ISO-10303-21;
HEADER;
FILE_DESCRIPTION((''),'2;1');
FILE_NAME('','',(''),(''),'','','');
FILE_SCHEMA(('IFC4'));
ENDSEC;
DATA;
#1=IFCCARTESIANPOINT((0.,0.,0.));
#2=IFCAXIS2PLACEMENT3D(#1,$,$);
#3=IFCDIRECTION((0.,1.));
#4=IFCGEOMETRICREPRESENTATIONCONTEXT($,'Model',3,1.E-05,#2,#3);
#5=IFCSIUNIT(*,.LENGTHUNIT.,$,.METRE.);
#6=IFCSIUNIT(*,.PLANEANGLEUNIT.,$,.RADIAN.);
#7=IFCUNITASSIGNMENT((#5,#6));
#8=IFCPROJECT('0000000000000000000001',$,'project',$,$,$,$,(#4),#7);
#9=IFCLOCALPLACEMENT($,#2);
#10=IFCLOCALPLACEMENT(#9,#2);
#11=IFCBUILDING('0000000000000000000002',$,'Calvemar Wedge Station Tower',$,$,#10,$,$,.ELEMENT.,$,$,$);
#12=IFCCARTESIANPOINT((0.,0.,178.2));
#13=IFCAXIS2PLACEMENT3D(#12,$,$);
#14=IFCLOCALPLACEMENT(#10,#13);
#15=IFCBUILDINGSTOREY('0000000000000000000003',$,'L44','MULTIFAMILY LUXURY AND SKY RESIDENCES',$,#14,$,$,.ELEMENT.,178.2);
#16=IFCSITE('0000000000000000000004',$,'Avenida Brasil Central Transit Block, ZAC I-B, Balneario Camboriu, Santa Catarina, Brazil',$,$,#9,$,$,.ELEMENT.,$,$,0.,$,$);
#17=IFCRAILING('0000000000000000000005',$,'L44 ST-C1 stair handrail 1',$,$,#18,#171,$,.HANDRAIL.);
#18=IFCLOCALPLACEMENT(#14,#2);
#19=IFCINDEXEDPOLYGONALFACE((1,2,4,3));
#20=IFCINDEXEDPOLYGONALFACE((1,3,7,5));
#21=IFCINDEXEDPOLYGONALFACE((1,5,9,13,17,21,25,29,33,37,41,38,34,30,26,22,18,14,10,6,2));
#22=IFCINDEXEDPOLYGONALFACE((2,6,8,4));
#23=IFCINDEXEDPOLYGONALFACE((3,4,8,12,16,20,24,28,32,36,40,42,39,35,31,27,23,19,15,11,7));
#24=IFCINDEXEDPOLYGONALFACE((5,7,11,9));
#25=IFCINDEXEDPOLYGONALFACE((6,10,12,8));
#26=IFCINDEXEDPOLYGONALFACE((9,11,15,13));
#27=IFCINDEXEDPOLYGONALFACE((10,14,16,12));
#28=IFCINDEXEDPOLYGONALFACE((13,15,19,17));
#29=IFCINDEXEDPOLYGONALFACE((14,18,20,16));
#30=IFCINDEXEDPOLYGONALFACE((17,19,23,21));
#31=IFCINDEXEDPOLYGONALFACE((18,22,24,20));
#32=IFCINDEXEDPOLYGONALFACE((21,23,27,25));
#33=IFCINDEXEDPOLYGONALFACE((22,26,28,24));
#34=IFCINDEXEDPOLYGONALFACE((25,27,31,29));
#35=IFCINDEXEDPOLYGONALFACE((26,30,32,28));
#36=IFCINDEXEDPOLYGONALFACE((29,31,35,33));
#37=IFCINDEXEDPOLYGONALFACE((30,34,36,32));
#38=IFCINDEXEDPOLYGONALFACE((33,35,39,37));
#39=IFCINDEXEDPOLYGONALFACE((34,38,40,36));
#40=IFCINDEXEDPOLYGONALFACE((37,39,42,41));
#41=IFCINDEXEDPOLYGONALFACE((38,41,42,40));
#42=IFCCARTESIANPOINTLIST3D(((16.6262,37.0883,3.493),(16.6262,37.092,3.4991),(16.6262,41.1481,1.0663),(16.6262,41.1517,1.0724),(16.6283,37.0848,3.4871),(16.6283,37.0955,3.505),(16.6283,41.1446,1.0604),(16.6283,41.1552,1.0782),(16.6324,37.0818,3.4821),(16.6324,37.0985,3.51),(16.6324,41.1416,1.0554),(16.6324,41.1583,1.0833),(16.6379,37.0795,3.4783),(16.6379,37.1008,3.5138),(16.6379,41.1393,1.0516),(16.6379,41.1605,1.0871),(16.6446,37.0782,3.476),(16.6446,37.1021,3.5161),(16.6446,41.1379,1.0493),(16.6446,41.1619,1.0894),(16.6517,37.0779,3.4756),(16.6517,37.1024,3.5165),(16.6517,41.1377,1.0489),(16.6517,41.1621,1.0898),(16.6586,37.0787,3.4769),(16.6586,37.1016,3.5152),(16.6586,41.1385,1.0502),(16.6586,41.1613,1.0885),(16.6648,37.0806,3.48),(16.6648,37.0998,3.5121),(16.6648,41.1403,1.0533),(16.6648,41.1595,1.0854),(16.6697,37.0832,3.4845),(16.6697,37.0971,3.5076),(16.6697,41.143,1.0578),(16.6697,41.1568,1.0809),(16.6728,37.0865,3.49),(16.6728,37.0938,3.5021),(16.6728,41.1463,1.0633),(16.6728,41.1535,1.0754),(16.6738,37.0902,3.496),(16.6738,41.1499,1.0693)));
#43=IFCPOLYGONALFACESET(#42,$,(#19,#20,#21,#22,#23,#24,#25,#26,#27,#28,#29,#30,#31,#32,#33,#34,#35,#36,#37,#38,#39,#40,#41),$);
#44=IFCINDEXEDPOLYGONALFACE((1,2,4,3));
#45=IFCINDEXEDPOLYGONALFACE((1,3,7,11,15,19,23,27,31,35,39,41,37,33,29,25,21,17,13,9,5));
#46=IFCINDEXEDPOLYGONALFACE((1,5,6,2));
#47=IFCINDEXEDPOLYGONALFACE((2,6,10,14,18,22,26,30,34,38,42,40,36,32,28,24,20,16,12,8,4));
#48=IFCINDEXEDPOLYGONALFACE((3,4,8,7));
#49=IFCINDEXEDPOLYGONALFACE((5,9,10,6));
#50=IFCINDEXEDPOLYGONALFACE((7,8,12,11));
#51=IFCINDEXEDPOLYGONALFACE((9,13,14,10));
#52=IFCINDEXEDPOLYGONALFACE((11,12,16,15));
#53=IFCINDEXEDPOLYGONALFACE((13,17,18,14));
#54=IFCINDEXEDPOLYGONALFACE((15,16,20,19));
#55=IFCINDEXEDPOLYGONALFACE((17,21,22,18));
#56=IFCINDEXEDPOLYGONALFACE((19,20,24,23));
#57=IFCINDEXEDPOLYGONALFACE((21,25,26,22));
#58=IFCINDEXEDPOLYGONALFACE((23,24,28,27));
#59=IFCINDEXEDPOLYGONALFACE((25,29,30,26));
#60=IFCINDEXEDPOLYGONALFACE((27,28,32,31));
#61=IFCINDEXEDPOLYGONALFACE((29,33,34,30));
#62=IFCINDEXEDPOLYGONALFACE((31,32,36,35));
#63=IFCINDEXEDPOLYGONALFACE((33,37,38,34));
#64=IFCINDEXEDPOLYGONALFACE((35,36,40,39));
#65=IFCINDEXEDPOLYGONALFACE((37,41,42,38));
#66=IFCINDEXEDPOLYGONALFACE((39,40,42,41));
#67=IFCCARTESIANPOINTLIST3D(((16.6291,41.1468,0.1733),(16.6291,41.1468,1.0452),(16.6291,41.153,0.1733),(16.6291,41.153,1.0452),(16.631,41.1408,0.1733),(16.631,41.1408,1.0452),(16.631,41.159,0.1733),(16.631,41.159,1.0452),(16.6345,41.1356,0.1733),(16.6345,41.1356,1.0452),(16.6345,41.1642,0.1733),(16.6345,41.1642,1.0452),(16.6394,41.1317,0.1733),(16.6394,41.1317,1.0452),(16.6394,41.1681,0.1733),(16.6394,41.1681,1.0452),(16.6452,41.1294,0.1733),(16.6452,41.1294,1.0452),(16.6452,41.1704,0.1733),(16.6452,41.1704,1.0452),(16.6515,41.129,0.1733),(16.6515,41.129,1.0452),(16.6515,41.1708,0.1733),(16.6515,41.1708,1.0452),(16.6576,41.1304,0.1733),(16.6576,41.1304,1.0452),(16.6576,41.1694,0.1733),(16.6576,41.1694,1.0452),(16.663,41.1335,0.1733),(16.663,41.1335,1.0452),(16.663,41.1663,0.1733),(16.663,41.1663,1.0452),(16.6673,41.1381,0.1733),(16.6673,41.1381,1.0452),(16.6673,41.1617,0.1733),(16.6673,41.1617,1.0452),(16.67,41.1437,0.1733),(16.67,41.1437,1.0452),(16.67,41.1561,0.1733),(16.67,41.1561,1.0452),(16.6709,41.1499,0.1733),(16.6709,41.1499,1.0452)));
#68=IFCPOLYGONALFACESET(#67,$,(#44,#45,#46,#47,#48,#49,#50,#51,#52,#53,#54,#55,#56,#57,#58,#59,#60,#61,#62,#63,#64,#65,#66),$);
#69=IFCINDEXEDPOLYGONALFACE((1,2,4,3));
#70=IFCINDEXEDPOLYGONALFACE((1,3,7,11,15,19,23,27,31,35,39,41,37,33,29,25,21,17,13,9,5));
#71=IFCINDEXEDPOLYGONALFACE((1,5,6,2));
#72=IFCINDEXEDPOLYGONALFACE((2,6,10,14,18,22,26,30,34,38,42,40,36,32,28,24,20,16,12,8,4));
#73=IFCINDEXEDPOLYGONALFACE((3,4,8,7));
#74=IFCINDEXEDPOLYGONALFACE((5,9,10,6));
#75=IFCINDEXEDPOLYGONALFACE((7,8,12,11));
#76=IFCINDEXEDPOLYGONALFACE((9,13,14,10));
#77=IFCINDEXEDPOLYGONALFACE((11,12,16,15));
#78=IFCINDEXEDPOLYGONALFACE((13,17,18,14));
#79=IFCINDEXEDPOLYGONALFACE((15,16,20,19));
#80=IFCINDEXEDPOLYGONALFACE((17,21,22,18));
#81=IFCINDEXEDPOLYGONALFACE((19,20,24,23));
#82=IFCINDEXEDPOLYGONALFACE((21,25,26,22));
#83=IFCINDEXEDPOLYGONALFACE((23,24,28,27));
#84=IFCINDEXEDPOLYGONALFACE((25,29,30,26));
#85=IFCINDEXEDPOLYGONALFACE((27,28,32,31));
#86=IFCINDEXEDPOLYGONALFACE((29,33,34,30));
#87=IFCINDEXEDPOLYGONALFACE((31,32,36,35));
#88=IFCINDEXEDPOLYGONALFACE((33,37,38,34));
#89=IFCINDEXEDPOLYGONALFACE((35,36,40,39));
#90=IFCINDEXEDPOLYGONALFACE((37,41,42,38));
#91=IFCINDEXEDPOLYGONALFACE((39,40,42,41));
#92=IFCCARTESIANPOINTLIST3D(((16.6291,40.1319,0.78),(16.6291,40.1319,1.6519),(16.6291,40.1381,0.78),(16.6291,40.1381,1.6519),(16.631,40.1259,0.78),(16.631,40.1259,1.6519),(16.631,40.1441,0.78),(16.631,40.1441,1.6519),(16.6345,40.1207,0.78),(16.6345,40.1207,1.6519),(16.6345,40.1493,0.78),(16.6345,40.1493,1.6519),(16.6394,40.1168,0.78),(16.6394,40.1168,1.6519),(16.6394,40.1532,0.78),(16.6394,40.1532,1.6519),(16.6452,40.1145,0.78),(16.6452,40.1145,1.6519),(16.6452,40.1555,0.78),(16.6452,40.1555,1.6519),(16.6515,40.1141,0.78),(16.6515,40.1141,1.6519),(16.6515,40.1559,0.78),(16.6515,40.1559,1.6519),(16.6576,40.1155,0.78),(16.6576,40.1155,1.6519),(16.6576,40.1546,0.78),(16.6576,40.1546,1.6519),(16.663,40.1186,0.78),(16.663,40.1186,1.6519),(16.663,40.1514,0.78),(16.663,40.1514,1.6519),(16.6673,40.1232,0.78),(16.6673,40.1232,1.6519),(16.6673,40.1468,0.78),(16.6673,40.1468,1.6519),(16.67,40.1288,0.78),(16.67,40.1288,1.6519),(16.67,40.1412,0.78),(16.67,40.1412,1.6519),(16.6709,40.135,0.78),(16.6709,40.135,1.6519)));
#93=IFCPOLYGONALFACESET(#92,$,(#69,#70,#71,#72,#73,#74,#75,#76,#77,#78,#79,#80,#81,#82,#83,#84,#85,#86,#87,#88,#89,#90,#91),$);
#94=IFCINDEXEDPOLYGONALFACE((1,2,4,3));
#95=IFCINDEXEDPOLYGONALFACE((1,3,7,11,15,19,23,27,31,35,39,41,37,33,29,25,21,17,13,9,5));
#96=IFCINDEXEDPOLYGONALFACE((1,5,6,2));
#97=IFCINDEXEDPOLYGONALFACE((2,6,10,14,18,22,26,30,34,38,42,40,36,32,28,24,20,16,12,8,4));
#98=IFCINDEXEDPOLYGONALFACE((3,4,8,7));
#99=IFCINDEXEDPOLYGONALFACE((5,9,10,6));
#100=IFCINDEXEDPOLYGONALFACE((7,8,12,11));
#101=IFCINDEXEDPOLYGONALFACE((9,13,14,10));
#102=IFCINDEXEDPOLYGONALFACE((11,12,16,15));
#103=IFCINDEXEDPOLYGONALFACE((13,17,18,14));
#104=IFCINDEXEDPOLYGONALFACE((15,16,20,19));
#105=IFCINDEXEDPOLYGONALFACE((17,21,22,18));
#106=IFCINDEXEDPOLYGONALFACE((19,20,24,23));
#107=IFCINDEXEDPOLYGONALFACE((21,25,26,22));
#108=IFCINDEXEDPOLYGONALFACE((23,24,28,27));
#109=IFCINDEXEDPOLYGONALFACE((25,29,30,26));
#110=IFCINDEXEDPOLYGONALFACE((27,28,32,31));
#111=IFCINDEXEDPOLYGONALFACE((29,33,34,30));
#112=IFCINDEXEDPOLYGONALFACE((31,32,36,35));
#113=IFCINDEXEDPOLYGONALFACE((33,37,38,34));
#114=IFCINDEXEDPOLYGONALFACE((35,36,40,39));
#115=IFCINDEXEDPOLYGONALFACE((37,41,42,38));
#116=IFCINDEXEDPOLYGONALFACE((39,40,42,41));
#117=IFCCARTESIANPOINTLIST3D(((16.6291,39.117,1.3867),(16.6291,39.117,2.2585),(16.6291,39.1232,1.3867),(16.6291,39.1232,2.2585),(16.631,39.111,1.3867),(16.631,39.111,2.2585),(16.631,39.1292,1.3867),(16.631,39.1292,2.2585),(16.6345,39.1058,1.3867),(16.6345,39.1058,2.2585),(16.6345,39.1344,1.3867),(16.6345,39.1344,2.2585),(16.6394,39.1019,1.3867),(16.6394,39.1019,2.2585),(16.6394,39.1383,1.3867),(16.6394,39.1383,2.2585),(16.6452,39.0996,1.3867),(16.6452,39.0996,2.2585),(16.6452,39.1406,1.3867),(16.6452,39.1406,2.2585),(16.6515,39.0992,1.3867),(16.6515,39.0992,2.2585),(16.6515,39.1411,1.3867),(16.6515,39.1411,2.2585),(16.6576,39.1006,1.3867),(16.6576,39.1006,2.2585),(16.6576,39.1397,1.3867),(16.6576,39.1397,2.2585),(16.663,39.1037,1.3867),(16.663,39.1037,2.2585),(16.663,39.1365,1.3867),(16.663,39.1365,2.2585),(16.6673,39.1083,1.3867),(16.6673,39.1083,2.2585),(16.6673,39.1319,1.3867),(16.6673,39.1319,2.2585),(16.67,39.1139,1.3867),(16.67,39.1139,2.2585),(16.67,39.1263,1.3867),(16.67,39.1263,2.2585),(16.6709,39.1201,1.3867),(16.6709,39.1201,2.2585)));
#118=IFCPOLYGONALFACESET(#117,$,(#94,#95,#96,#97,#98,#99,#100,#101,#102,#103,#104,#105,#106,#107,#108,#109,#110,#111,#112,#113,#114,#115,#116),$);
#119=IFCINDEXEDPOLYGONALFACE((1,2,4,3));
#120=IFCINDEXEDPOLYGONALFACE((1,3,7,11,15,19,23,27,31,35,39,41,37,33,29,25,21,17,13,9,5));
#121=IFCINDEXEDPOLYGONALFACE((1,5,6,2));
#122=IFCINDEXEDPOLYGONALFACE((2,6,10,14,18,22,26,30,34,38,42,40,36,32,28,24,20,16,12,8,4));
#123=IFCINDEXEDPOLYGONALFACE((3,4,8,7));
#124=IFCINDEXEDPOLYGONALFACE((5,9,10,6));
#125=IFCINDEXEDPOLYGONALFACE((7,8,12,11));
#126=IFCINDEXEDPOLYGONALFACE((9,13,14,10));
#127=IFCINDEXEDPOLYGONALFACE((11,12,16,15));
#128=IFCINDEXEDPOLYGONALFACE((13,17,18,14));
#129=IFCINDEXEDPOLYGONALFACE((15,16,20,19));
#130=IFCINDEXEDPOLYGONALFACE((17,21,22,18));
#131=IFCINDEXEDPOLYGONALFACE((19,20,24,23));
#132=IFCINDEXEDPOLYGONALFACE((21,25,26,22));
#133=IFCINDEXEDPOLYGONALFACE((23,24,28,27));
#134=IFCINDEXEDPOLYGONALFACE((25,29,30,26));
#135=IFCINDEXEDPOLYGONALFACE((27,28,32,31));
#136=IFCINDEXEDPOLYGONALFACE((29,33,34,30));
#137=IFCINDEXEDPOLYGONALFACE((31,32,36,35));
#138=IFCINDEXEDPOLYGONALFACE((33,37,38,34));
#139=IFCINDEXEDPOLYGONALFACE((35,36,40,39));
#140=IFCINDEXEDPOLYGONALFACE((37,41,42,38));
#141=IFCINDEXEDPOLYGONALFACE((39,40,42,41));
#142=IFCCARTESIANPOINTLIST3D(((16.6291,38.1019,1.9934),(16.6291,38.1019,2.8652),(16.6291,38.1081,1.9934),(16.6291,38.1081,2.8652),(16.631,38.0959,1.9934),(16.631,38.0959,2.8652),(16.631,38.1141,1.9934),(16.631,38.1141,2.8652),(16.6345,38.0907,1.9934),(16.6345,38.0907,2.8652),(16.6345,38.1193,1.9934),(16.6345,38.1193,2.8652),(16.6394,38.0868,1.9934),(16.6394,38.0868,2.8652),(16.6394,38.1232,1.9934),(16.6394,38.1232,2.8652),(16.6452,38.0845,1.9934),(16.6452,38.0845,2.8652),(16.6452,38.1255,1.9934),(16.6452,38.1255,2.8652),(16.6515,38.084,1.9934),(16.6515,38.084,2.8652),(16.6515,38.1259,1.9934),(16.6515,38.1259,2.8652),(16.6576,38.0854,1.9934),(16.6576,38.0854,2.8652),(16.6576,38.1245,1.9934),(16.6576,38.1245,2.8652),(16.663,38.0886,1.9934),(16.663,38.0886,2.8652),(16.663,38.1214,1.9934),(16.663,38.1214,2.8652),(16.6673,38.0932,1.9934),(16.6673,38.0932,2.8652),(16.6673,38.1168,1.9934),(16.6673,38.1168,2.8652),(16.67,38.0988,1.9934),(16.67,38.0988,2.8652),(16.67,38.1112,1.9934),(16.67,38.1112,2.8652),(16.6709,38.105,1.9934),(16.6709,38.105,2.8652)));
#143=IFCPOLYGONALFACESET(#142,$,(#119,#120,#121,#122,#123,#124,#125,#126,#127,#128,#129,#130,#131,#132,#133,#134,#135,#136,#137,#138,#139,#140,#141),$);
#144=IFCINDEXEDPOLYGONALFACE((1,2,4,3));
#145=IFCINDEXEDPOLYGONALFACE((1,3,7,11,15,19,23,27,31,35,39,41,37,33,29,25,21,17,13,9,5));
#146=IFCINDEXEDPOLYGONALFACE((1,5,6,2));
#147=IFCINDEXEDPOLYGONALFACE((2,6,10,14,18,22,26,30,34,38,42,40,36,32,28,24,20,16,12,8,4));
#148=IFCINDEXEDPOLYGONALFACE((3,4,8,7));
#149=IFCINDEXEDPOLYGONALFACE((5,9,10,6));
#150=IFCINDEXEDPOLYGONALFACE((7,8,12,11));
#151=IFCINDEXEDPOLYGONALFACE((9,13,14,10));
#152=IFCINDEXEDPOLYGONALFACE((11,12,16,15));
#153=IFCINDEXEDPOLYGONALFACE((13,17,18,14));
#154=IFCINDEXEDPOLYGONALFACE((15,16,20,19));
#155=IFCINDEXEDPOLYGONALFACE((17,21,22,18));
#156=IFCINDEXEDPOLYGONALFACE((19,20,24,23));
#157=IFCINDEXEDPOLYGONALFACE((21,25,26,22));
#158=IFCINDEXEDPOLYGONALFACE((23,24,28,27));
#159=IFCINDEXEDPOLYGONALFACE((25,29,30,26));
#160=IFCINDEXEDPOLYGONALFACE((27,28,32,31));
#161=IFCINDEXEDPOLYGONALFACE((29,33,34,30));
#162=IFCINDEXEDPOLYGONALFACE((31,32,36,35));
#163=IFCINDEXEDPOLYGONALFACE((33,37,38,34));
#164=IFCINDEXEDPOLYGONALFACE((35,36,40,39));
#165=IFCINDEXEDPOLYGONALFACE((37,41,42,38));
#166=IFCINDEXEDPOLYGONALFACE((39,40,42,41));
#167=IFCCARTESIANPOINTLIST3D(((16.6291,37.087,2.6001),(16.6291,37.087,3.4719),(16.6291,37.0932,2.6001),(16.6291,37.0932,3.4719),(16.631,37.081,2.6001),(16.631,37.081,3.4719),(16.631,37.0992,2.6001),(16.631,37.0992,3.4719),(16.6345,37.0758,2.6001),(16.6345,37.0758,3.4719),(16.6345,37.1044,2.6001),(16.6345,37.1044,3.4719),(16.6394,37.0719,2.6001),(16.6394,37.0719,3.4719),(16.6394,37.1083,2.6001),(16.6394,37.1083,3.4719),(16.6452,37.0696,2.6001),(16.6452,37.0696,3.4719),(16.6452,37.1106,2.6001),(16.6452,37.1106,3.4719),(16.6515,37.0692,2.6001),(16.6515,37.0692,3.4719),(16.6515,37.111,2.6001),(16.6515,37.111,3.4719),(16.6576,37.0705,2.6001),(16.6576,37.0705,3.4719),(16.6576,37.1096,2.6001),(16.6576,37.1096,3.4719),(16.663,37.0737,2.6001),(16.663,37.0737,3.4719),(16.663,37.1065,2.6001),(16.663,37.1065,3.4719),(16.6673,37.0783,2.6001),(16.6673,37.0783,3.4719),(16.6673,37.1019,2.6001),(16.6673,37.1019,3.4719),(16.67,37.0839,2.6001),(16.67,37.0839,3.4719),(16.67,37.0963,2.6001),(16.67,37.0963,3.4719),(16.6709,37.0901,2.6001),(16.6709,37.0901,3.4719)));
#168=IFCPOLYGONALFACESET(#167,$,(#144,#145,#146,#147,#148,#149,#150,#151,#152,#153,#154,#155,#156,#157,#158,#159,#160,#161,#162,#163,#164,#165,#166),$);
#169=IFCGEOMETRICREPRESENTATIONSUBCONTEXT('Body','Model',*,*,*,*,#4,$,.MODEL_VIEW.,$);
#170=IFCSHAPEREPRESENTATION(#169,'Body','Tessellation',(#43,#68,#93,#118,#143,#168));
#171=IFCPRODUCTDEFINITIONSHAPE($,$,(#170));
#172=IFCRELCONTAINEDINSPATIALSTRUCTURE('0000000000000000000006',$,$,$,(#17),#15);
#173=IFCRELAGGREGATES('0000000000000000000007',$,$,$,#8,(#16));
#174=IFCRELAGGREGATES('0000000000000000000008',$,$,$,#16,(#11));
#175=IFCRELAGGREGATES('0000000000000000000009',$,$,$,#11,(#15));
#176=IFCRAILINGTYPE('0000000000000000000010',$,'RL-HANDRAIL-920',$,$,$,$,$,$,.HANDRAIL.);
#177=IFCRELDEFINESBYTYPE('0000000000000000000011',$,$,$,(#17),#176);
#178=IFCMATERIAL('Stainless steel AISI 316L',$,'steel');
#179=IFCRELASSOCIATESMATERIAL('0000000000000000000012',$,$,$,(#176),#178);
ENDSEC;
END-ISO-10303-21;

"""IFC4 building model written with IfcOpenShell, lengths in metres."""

from ifc_helpers import new_model, si_unit, direction, frame, origin, origin_2d, place, context, subcontext, project, spatial, circle, extrude, material, type_object, element, save


model = new_model("IFC4")

# Units and contexts
model_context = context("Model", 3, precision=1e-05, world=origin(), true_north=direction((0.0, 1.0)))
body_context = subcontext(model_context, "Body", "Model", "MODEL_VIEW")
ifc_project = project(units=[si_unit("LENGTHUNIT", "METRE"), si_unit("PLANEANGLEUNIT", "RADIAN")], contexts=[model_context])

# Site, building, storey
site_placement = place(None, origin())
site = spatial("IfcSite", under=ifc_project, at=site_placement, Name="Avenida Brasil Central Transit Block, ZAC I-B, Balneario Camboriu, Santa Catarina, Brazil", CompositionType="ELEMENT", RefElevation=0.0)
building_placement = place(site_placement, origin())
building = spatial("IfcBuilding", under=site, at=building_placement, Name="Calvemar Wedge Station Tower", CompositionType="ELEMENT")
storey_placement = place(building_placement, frame((0.0, 0.0, 178.2)))
storey = spatial("IfcBuildingStorey", under=building, at=storey_placement, Name="L44", Description="MULTIFAMILY LUXURY AND SKY RESIDENCES", CompositionType="ELEMENT", Elevation=178.2)

# Railing
ifc_material_1 = material(Name="Stainless steel AISI 316L", Category="steel")
railing_type_1 = type_object("IfcRailingType", Name="RL-HANDRAIL-920", PredefinedType="HANDRAIL", material=ifc_material_1)
railing_1_placement = place(storey_placement, frame((16.6499, 41.1499, 0.1733)))
element("IfcRailing", 1, at=railing_1_placement, inside=storey, type_object=railing_type_1, Name="L44 ST-C1 stair handrail 1", PredefinedType="HANDRAIL", context=body_context, shape_type="SweptSolid", body=[
    extrude(circle(Radius=0.0239, at=origin_2d()), frame((0.0, 0.0, 0.896), z_axis=(0.0, -0.858343, 0.513076), x_axis=(1.0, 0.0, 0.0)), (0.0, 0.0, 1.0), 4.7297),
    extrude(circle(Radius=0.021, at=origin_2d()), origin(), (0.0, 0.0, 1.0), 0.8718),
    extrude(circle(Radius=0.021, at=origin_2d()), frame((0.0, -1.0149, 0.6067)), (0.0, 0.0, 1.0), 0.8718),
    extrude(circle(Radius=0.021, at=origin_2d()), frame((0.0, -2.0298, 1.2134)), (0.0, 0.0, 1.0), 0.8718),
    extrude(circle(Radius=0.021, at=origin_2d()), frame((0.0, -3.0449, 1.8201)), (0.0, 0.0, 1.0), 0.8718),
    extrude(circle(Radius=0.021, at=origin_2d()), frame((0.0, -4.0598, 2.4268)), (0.0, 0.0, 1.0), 0.8718),
])

save(model, "model.ifc")
